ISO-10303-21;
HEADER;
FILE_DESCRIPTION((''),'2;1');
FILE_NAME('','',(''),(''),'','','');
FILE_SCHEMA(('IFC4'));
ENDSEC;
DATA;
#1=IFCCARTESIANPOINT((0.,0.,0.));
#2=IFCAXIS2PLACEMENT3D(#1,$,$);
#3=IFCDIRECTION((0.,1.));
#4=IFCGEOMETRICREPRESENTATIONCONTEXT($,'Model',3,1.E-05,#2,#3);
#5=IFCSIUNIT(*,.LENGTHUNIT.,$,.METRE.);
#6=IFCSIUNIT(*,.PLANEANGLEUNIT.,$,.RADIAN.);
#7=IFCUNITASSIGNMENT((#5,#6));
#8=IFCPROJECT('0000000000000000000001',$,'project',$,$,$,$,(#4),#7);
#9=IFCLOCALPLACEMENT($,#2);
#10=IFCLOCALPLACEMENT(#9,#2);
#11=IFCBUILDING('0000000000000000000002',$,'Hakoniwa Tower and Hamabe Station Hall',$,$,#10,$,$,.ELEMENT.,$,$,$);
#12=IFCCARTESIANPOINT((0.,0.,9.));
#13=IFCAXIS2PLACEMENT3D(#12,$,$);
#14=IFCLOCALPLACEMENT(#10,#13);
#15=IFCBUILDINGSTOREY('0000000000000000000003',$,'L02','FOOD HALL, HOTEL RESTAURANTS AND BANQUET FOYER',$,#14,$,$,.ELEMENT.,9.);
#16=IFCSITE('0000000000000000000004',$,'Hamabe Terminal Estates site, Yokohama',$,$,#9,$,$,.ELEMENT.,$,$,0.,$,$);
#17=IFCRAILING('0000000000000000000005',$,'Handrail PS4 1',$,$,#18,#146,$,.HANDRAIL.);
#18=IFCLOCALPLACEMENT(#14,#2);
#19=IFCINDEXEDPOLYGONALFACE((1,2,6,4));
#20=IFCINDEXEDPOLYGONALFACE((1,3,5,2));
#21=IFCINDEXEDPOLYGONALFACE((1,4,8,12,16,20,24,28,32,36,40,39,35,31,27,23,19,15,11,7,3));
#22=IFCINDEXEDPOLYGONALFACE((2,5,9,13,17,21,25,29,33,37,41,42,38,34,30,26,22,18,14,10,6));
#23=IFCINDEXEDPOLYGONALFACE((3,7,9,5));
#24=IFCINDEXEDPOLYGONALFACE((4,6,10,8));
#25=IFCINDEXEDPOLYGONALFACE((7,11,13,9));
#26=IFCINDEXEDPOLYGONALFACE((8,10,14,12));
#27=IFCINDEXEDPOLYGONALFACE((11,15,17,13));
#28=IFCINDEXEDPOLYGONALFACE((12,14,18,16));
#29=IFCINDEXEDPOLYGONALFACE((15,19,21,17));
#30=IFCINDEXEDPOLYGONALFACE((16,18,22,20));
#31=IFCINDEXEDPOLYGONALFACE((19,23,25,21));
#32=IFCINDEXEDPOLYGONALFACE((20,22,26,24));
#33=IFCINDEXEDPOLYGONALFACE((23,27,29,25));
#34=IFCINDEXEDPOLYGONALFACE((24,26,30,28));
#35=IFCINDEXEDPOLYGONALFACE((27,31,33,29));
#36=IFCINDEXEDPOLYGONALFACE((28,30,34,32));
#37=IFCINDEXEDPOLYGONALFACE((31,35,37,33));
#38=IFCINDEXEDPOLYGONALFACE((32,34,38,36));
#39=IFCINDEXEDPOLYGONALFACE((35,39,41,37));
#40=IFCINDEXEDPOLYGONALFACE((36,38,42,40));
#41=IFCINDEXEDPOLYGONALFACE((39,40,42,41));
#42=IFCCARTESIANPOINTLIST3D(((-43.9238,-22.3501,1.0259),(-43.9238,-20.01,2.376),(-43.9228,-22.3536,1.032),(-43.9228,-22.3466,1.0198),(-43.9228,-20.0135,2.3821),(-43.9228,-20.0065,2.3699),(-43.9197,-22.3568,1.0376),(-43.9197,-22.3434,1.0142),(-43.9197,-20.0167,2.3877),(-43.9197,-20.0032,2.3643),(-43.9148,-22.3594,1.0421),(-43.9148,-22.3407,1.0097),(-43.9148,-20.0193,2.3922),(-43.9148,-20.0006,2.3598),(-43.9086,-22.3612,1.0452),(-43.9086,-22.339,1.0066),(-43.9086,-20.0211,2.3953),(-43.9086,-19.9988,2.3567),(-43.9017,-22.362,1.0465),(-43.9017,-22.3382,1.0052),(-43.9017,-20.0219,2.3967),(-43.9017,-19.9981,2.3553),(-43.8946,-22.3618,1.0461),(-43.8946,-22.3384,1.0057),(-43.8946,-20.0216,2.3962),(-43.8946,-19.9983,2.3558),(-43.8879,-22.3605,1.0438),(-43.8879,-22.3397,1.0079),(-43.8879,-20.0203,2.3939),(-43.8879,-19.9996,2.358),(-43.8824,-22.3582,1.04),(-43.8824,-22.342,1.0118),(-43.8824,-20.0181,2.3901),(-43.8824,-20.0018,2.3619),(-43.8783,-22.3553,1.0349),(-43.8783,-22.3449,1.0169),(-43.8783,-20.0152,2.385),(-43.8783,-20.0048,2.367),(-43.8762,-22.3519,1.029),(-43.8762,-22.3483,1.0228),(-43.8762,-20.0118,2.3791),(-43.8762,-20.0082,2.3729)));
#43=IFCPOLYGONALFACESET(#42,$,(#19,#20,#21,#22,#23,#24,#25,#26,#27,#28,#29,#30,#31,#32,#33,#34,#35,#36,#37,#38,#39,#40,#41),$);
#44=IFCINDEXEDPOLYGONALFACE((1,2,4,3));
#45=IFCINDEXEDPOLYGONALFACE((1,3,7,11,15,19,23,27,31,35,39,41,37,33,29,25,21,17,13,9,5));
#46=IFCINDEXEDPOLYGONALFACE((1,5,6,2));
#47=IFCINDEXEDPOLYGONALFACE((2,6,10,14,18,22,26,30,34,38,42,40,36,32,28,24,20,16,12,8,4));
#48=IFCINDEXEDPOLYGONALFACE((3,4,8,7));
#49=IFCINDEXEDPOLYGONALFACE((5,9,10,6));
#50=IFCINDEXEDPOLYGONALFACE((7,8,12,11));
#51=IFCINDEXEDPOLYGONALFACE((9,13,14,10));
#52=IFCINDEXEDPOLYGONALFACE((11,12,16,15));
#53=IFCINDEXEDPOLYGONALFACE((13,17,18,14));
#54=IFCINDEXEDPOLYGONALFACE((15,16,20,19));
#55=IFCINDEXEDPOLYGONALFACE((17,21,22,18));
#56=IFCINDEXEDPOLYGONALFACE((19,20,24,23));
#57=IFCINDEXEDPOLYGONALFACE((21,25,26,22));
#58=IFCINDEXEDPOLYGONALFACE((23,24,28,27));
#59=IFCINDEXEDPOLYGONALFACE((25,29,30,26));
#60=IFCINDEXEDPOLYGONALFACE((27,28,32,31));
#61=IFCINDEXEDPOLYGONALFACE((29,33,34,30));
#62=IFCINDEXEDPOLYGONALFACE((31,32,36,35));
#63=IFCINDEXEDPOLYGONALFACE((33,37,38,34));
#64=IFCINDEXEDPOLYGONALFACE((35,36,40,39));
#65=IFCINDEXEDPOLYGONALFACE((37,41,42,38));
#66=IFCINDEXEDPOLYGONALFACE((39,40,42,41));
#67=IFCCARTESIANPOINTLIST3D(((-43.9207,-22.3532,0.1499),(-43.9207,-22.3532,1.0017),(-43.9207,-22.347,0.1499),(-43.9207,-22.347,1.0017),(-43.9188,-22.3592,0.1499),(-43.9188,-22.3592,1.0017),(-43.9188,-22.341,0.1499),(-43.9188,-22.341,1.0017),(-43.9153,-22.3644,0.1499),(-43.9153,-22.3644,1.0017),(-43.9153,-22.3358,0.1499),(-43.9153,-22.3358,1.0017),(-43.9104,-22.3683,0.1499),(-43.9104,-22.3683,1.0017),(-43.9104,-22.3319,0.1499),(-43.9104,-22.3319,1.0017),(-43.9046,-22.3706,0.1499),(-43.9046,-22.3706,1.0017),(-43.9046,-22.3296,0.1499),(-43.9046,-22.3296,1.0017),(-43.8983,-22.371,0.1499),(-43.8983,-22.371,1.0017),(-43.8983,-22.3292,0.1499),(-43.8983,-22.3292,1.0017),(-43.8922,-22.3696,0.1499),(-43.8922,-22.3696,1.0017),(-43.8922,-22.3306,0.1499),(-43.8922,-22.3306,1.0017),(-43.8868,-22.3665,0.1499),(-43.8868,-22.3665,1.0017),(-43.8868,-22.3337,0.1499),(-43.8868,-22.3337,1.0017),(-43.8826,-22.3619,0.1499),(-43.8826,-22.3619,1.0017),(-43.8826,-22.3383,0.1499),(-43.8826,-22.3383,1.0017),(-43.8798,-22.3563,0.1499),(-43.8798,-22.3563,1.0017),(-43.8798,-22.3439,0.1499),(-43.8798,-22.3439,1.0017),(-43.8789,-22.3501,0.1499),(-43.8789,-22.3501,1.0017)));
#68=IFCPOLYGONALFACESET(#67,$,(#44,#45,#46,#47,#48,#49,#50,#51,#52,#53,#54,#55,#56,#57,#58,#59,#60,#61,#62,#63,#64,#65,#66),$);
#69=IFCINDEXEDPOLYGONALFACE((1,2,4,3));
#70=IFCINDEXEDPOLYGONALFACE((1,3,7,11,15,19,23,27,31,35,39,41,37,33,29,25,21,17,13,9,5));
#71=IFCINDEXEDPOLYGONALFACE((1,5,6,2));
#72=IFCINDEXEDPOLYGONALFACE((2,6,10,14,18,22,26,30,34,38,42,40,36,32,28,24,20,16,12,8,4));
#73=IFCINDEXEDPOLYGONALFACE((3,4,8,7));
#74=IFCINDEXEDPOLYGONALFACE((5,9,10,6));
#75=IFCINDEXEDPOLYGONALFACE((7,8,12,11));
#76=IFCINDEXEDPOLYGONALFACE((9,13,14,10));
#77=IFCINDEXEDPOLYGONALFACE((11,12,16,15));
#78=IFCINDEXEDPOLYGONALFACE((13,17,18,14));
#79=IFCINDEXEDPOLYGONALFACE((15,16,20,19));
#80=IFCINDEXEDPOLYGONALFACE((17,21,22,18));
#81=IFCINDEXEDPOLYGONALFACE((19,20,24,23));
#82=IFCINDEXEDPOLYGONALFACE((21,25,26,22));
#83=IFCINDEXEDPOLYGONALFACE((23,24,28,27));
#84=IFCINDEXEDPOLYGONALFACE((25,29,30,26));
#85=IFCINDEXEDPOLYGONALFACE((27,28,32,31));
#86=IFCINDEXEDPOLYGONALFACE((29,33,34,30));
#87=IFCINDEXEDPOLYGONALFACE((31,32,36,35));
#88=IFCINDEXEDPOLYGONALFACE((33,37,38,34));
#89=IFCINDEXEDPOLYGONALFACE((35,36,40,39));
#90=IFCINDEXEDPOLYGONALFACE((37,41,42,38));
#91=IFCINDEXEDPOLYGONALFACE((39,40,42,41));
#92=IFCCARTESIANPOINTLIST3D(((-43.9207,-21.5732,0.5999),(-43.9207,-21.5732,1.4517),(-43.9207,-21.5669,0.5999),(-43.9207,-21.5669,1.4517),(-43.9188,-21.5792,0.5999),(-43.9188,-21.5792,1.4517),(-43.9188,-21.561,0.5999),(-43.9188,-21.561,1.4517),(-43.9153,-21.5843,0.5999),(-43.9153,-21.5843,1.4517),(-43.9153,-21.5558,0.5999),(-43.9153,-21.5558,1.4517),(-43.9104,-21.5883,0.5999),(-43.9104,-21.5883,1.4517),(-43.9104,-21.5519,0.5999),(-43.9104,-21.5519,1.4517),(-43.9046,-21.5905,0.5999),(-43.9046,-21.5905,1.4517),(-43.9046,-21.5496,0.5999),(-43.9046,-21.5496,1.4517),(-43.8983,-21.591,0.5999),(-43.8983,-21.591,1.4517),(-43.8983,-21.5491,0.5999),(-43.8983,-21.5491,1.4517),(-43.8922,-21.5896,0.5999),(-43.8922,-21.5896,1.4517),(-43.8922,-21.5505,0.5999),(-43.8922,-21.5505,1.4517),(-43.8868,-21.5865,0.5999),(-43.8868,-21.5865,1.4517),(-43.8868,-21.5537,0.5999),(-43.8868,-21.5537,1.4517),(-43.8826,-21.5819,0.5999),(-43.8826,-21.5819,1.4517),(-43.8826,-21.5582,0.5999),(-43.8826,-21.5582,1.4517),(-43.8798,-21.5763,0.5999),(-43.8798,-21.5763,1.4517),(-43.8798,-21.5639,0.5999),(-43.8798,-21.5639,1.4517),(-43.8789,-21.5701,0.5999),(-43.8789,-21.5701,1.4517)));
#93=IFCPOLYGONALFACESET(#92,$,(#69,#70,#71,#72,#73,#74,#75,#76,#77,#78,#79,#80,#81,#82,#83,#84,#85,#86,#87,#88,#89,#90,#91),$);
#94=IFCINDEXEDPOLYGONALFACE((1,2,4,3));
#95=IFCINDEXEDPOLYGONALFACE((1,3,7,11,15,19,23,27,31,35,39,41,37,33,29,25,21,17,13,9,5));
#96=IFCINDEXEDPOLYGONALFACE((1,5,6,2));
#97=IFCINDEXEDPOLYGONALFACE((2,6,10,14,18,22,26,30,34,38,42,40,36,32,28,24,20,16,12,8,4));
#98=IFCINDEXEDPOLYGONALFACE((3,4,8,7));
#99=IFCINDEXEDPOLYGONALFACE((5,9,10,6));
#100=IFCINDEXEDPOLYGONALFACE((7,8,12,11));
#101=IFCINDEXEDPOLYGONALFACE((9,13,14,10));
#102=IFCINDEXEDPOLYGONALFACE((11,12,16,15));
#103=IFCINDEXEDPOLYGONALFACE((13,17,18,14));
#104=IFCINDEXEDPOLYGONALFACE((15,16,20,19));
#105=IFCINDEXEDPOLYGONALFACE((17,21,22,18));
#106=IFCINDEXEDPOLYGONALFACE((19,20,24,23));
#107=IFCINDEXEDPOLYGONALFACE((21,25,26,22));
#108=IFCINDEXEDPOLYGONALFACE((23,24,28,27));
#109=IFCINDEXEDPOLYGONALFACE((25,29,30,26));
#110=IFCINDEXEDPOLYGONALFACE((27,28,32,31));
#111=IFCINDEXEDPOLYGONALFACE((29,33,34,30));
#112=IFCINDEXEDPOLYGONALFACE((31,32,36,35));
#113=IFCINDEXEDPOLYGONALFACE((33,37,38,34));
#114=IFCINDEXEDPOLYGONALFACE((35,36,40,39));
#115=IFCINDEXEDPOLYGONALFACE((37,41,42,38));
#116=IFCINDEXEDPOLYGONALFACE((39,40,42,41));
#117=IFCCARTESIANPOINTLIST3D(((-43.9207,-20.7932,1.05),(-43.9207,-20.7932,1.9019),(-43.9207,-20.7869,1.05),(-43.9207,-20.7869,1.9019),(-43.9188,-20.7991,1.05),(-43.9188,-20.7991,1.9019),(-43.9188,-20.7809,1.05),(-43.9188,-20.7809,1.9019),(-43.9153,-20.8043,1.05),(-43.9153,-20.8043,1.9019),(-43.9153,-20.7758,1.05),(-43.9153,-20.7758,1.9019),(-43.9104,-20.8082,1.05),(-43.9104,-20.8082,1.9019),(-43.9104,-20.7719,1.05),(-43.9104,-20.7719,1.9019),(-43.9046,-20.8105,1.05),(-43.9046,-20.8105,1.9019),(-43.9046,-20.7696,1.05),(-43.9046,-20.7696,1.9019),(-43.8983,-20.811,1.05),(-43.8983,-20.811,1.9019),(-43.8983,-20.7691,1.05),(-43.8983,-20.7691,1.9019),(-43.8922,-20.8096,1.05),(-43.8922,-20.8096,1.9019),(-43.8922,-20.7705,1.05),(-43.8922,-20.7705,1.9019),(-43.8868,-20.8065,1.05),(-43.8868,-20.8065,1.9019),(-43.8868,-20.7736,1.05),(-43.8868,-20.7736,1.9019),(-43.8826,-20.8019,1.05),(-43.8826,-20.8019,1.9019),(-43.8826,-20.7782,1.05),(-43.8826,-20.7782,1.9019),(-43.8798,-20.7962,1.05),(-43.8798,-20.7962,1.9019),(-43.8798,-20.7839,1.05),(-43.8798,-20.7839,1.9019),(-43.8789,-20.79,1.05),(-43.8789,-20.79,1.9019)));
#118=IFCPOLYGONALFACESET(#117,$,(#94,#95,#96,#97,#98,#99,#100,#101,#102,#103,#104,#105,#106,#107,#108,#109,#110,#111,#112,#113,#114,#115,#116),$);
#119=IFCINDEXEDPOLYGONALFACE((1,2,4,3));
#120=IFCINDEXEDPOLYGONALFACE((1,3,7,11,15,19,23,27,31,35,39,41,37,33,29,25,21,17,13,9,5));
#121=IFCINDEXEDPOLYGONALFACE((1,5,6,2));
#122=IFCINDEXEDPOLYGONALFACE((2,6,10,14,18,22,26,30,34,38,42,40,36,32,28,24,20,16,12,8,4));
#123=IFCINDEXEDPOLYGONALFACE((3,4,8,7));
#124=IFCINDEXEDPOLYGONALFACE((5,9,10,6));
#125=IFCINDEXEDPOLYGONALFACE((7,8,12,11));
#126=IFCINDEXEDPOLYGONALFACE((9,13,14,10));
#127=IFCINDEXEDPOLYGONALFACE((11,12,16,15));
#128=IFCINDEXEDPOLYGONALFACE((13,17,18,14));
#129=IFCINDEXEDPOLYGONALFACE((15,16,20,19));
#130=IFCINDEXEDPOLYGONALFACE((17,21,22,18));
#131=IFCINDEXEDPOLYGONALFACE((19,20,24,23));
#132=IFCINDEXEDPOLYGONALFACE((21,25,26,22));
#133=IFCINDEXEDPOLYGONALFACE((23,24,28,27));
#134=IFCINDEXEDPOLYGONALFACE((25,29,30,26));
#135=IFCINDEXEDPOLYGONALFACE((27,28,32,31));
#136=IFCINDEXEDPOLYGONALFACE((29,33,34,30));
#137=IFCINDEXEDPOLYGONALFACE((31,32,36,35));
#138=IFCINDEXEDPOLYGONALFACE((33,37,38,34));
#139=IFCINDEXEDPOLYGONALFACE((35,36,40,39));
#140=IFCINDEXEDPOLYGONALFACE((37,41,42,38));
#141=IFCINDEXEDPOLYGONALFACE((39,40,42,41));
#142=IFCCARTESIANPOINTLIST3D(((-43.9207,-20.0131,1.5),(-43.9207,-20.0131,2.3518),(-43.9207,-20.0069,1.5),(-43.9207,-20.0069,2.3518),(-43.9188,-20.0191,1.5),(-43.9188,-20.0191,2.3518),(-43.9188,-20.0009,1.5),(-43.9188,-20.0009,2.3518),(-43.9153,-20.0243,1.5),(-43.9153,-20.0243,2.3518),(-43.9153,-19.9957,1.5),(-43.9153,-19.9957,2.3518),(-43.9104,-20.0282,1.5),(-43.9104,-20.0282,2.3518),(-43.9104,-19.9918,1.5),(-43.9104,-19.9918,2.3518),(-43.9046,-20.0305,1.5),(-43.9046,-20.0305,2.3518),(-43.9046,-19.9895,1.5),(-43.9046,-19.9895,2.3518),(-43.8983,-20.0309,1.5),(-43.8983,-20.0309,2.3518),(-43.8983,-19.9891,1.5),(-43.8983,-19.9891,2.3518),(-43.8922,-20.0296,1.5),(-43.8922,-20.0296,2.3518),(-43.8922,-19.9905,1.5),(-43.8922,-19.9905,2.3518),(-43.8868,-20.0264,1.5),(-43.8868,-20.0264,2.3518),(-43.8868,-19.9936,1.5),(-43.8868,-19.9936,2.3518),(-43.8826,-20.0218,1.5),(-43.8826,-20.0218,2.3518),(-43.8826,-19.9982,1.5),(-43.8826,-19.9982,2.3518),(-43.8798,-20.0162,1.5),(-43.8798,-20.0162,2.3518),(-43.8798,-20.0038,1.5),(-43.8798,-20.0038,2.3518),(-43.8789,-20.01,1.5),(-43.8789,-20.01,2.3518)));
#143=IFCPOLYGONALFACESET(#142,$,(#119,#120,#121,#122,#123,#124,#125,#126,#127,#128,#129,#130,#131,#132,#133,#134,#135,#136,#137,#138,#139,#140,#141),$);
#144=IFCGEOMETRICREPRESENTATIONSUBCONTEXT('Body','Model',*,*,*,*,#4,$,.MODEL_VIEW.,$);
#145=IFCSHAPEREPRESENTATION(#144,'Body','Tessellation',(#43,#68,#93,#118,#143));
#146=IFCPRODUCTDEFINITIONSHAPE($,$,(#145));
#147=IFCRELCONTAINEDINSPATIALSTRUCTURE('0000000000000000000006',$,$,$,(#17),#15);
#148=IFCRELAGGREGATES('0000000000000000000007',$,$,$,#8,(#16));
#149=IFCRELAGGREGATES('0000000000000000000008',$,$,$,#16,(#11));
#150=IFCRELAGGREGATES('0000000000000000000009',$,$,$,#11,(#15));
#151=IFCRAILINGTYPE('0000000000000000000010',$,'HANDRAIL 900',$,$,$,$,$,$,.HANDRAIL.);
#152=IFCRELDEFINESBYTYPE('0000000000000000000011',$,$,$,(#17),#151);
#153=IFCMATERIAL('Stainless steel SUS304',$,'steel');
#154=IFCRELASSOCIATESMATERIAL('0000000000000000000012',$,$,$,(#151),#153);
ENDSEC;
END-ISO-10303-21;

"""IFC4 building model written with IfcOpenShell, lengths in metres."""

from ifc_helpers import new_model, si_unit, direction, frame, origin, origin_2d, place, context, subcontext, project, spatial, circle, extrude, material, type_object, element, save


model = new_model("IFC4")

# Units and contexts
model_context = context("Model", 3, precision=1e-05, world=origin(), true_north=direction((0.0, 1.0)))
body_context = subcontext(model_context, "Body", "Model", "MODEL_VIEW")
ifc_project = project(units=[si_unit("LENGTHUNIT", "METRE"), si_unit("PLANEANGLEUNIT", "RADIAN")], contexts=[model_context])

# Site, building, storey
site_placement = place(None, origin())
site = spatial("IfcSite", under=ifc_project, at=site_placement, Name="Hamabe Terminal Estates site, Yokohama", CompositionType="ELEMENT", RefElevation=0.0)
building_placement = place(site_placement, origin())
building = spatial("IfcBuilding", under=site, at=building_placement, Name="Hakoniwa Tower and Hamabe Station Hall", CompositionType="ELEMENT")
storey_placement = place(building_placement, frame((0.0, 0.0, 9.0)))
storey = spatial("IfcBuildingStorey", under=building, at=storey_placement, Name="L02", Description="FOOD HALL, HOTEL RESTAURANTS AND BANQUET FOYER", CompositionType="ELEMENT", Elevation=9.0)

# Railing
ifc_material_1 = material(Name="Stainless steel SUS304", Category="steel")
railing_type_1 = type_object("IfcRailingType", Name="HANDRAIL 900", PredefinedType="HANDRAIL", material=ifc_material_1)
for number, where, name in (
    (1, (-43.8999, -22.3501, 0.1499), "Handrail PS4 1"),
):
    element("IfcRailing", number, at=place(storey_placement, frame(where)), inside=storey, type_object=railing_type_1, Name=name, PredefinedType="HANDRAIL", context=body_context, shape_type="SweptSolid", body=[
        extrude(circle(Radius=0.0239, at=origin_2d()), frame((0.0, 0.0, 0.876), z_axis=(0.0, 0.866178, 0.499735), x_axis=(-1.0, 0.0, 0.0)), (0.0, 0.0, 1.0), 2.7017),
        extrude(circle(Radius=0.021, at=origin_2d()), origin(), (0.0, 0.0, 1.0), 0.8518),
        extrude(circle(Radius=0.021, at=origin_2d()), frame((0.0, 0.78, 0.45)), (0.0, 0.0, 1.0), 0.8518),
        extrude(circle(Radius=0.021, at=origin_2d()), frame((0.0, 1.5601, 0.9001)), (0.0, 0.0, 1.0), 0.8518),
        extrude(circle(Radius=0.021, at=origin_2d()), frame((0.0, 2.3401, 1.3501)), (0.0, 0.0, 1.0), 0.8518),
    ])

save(model, "model.ifc")
